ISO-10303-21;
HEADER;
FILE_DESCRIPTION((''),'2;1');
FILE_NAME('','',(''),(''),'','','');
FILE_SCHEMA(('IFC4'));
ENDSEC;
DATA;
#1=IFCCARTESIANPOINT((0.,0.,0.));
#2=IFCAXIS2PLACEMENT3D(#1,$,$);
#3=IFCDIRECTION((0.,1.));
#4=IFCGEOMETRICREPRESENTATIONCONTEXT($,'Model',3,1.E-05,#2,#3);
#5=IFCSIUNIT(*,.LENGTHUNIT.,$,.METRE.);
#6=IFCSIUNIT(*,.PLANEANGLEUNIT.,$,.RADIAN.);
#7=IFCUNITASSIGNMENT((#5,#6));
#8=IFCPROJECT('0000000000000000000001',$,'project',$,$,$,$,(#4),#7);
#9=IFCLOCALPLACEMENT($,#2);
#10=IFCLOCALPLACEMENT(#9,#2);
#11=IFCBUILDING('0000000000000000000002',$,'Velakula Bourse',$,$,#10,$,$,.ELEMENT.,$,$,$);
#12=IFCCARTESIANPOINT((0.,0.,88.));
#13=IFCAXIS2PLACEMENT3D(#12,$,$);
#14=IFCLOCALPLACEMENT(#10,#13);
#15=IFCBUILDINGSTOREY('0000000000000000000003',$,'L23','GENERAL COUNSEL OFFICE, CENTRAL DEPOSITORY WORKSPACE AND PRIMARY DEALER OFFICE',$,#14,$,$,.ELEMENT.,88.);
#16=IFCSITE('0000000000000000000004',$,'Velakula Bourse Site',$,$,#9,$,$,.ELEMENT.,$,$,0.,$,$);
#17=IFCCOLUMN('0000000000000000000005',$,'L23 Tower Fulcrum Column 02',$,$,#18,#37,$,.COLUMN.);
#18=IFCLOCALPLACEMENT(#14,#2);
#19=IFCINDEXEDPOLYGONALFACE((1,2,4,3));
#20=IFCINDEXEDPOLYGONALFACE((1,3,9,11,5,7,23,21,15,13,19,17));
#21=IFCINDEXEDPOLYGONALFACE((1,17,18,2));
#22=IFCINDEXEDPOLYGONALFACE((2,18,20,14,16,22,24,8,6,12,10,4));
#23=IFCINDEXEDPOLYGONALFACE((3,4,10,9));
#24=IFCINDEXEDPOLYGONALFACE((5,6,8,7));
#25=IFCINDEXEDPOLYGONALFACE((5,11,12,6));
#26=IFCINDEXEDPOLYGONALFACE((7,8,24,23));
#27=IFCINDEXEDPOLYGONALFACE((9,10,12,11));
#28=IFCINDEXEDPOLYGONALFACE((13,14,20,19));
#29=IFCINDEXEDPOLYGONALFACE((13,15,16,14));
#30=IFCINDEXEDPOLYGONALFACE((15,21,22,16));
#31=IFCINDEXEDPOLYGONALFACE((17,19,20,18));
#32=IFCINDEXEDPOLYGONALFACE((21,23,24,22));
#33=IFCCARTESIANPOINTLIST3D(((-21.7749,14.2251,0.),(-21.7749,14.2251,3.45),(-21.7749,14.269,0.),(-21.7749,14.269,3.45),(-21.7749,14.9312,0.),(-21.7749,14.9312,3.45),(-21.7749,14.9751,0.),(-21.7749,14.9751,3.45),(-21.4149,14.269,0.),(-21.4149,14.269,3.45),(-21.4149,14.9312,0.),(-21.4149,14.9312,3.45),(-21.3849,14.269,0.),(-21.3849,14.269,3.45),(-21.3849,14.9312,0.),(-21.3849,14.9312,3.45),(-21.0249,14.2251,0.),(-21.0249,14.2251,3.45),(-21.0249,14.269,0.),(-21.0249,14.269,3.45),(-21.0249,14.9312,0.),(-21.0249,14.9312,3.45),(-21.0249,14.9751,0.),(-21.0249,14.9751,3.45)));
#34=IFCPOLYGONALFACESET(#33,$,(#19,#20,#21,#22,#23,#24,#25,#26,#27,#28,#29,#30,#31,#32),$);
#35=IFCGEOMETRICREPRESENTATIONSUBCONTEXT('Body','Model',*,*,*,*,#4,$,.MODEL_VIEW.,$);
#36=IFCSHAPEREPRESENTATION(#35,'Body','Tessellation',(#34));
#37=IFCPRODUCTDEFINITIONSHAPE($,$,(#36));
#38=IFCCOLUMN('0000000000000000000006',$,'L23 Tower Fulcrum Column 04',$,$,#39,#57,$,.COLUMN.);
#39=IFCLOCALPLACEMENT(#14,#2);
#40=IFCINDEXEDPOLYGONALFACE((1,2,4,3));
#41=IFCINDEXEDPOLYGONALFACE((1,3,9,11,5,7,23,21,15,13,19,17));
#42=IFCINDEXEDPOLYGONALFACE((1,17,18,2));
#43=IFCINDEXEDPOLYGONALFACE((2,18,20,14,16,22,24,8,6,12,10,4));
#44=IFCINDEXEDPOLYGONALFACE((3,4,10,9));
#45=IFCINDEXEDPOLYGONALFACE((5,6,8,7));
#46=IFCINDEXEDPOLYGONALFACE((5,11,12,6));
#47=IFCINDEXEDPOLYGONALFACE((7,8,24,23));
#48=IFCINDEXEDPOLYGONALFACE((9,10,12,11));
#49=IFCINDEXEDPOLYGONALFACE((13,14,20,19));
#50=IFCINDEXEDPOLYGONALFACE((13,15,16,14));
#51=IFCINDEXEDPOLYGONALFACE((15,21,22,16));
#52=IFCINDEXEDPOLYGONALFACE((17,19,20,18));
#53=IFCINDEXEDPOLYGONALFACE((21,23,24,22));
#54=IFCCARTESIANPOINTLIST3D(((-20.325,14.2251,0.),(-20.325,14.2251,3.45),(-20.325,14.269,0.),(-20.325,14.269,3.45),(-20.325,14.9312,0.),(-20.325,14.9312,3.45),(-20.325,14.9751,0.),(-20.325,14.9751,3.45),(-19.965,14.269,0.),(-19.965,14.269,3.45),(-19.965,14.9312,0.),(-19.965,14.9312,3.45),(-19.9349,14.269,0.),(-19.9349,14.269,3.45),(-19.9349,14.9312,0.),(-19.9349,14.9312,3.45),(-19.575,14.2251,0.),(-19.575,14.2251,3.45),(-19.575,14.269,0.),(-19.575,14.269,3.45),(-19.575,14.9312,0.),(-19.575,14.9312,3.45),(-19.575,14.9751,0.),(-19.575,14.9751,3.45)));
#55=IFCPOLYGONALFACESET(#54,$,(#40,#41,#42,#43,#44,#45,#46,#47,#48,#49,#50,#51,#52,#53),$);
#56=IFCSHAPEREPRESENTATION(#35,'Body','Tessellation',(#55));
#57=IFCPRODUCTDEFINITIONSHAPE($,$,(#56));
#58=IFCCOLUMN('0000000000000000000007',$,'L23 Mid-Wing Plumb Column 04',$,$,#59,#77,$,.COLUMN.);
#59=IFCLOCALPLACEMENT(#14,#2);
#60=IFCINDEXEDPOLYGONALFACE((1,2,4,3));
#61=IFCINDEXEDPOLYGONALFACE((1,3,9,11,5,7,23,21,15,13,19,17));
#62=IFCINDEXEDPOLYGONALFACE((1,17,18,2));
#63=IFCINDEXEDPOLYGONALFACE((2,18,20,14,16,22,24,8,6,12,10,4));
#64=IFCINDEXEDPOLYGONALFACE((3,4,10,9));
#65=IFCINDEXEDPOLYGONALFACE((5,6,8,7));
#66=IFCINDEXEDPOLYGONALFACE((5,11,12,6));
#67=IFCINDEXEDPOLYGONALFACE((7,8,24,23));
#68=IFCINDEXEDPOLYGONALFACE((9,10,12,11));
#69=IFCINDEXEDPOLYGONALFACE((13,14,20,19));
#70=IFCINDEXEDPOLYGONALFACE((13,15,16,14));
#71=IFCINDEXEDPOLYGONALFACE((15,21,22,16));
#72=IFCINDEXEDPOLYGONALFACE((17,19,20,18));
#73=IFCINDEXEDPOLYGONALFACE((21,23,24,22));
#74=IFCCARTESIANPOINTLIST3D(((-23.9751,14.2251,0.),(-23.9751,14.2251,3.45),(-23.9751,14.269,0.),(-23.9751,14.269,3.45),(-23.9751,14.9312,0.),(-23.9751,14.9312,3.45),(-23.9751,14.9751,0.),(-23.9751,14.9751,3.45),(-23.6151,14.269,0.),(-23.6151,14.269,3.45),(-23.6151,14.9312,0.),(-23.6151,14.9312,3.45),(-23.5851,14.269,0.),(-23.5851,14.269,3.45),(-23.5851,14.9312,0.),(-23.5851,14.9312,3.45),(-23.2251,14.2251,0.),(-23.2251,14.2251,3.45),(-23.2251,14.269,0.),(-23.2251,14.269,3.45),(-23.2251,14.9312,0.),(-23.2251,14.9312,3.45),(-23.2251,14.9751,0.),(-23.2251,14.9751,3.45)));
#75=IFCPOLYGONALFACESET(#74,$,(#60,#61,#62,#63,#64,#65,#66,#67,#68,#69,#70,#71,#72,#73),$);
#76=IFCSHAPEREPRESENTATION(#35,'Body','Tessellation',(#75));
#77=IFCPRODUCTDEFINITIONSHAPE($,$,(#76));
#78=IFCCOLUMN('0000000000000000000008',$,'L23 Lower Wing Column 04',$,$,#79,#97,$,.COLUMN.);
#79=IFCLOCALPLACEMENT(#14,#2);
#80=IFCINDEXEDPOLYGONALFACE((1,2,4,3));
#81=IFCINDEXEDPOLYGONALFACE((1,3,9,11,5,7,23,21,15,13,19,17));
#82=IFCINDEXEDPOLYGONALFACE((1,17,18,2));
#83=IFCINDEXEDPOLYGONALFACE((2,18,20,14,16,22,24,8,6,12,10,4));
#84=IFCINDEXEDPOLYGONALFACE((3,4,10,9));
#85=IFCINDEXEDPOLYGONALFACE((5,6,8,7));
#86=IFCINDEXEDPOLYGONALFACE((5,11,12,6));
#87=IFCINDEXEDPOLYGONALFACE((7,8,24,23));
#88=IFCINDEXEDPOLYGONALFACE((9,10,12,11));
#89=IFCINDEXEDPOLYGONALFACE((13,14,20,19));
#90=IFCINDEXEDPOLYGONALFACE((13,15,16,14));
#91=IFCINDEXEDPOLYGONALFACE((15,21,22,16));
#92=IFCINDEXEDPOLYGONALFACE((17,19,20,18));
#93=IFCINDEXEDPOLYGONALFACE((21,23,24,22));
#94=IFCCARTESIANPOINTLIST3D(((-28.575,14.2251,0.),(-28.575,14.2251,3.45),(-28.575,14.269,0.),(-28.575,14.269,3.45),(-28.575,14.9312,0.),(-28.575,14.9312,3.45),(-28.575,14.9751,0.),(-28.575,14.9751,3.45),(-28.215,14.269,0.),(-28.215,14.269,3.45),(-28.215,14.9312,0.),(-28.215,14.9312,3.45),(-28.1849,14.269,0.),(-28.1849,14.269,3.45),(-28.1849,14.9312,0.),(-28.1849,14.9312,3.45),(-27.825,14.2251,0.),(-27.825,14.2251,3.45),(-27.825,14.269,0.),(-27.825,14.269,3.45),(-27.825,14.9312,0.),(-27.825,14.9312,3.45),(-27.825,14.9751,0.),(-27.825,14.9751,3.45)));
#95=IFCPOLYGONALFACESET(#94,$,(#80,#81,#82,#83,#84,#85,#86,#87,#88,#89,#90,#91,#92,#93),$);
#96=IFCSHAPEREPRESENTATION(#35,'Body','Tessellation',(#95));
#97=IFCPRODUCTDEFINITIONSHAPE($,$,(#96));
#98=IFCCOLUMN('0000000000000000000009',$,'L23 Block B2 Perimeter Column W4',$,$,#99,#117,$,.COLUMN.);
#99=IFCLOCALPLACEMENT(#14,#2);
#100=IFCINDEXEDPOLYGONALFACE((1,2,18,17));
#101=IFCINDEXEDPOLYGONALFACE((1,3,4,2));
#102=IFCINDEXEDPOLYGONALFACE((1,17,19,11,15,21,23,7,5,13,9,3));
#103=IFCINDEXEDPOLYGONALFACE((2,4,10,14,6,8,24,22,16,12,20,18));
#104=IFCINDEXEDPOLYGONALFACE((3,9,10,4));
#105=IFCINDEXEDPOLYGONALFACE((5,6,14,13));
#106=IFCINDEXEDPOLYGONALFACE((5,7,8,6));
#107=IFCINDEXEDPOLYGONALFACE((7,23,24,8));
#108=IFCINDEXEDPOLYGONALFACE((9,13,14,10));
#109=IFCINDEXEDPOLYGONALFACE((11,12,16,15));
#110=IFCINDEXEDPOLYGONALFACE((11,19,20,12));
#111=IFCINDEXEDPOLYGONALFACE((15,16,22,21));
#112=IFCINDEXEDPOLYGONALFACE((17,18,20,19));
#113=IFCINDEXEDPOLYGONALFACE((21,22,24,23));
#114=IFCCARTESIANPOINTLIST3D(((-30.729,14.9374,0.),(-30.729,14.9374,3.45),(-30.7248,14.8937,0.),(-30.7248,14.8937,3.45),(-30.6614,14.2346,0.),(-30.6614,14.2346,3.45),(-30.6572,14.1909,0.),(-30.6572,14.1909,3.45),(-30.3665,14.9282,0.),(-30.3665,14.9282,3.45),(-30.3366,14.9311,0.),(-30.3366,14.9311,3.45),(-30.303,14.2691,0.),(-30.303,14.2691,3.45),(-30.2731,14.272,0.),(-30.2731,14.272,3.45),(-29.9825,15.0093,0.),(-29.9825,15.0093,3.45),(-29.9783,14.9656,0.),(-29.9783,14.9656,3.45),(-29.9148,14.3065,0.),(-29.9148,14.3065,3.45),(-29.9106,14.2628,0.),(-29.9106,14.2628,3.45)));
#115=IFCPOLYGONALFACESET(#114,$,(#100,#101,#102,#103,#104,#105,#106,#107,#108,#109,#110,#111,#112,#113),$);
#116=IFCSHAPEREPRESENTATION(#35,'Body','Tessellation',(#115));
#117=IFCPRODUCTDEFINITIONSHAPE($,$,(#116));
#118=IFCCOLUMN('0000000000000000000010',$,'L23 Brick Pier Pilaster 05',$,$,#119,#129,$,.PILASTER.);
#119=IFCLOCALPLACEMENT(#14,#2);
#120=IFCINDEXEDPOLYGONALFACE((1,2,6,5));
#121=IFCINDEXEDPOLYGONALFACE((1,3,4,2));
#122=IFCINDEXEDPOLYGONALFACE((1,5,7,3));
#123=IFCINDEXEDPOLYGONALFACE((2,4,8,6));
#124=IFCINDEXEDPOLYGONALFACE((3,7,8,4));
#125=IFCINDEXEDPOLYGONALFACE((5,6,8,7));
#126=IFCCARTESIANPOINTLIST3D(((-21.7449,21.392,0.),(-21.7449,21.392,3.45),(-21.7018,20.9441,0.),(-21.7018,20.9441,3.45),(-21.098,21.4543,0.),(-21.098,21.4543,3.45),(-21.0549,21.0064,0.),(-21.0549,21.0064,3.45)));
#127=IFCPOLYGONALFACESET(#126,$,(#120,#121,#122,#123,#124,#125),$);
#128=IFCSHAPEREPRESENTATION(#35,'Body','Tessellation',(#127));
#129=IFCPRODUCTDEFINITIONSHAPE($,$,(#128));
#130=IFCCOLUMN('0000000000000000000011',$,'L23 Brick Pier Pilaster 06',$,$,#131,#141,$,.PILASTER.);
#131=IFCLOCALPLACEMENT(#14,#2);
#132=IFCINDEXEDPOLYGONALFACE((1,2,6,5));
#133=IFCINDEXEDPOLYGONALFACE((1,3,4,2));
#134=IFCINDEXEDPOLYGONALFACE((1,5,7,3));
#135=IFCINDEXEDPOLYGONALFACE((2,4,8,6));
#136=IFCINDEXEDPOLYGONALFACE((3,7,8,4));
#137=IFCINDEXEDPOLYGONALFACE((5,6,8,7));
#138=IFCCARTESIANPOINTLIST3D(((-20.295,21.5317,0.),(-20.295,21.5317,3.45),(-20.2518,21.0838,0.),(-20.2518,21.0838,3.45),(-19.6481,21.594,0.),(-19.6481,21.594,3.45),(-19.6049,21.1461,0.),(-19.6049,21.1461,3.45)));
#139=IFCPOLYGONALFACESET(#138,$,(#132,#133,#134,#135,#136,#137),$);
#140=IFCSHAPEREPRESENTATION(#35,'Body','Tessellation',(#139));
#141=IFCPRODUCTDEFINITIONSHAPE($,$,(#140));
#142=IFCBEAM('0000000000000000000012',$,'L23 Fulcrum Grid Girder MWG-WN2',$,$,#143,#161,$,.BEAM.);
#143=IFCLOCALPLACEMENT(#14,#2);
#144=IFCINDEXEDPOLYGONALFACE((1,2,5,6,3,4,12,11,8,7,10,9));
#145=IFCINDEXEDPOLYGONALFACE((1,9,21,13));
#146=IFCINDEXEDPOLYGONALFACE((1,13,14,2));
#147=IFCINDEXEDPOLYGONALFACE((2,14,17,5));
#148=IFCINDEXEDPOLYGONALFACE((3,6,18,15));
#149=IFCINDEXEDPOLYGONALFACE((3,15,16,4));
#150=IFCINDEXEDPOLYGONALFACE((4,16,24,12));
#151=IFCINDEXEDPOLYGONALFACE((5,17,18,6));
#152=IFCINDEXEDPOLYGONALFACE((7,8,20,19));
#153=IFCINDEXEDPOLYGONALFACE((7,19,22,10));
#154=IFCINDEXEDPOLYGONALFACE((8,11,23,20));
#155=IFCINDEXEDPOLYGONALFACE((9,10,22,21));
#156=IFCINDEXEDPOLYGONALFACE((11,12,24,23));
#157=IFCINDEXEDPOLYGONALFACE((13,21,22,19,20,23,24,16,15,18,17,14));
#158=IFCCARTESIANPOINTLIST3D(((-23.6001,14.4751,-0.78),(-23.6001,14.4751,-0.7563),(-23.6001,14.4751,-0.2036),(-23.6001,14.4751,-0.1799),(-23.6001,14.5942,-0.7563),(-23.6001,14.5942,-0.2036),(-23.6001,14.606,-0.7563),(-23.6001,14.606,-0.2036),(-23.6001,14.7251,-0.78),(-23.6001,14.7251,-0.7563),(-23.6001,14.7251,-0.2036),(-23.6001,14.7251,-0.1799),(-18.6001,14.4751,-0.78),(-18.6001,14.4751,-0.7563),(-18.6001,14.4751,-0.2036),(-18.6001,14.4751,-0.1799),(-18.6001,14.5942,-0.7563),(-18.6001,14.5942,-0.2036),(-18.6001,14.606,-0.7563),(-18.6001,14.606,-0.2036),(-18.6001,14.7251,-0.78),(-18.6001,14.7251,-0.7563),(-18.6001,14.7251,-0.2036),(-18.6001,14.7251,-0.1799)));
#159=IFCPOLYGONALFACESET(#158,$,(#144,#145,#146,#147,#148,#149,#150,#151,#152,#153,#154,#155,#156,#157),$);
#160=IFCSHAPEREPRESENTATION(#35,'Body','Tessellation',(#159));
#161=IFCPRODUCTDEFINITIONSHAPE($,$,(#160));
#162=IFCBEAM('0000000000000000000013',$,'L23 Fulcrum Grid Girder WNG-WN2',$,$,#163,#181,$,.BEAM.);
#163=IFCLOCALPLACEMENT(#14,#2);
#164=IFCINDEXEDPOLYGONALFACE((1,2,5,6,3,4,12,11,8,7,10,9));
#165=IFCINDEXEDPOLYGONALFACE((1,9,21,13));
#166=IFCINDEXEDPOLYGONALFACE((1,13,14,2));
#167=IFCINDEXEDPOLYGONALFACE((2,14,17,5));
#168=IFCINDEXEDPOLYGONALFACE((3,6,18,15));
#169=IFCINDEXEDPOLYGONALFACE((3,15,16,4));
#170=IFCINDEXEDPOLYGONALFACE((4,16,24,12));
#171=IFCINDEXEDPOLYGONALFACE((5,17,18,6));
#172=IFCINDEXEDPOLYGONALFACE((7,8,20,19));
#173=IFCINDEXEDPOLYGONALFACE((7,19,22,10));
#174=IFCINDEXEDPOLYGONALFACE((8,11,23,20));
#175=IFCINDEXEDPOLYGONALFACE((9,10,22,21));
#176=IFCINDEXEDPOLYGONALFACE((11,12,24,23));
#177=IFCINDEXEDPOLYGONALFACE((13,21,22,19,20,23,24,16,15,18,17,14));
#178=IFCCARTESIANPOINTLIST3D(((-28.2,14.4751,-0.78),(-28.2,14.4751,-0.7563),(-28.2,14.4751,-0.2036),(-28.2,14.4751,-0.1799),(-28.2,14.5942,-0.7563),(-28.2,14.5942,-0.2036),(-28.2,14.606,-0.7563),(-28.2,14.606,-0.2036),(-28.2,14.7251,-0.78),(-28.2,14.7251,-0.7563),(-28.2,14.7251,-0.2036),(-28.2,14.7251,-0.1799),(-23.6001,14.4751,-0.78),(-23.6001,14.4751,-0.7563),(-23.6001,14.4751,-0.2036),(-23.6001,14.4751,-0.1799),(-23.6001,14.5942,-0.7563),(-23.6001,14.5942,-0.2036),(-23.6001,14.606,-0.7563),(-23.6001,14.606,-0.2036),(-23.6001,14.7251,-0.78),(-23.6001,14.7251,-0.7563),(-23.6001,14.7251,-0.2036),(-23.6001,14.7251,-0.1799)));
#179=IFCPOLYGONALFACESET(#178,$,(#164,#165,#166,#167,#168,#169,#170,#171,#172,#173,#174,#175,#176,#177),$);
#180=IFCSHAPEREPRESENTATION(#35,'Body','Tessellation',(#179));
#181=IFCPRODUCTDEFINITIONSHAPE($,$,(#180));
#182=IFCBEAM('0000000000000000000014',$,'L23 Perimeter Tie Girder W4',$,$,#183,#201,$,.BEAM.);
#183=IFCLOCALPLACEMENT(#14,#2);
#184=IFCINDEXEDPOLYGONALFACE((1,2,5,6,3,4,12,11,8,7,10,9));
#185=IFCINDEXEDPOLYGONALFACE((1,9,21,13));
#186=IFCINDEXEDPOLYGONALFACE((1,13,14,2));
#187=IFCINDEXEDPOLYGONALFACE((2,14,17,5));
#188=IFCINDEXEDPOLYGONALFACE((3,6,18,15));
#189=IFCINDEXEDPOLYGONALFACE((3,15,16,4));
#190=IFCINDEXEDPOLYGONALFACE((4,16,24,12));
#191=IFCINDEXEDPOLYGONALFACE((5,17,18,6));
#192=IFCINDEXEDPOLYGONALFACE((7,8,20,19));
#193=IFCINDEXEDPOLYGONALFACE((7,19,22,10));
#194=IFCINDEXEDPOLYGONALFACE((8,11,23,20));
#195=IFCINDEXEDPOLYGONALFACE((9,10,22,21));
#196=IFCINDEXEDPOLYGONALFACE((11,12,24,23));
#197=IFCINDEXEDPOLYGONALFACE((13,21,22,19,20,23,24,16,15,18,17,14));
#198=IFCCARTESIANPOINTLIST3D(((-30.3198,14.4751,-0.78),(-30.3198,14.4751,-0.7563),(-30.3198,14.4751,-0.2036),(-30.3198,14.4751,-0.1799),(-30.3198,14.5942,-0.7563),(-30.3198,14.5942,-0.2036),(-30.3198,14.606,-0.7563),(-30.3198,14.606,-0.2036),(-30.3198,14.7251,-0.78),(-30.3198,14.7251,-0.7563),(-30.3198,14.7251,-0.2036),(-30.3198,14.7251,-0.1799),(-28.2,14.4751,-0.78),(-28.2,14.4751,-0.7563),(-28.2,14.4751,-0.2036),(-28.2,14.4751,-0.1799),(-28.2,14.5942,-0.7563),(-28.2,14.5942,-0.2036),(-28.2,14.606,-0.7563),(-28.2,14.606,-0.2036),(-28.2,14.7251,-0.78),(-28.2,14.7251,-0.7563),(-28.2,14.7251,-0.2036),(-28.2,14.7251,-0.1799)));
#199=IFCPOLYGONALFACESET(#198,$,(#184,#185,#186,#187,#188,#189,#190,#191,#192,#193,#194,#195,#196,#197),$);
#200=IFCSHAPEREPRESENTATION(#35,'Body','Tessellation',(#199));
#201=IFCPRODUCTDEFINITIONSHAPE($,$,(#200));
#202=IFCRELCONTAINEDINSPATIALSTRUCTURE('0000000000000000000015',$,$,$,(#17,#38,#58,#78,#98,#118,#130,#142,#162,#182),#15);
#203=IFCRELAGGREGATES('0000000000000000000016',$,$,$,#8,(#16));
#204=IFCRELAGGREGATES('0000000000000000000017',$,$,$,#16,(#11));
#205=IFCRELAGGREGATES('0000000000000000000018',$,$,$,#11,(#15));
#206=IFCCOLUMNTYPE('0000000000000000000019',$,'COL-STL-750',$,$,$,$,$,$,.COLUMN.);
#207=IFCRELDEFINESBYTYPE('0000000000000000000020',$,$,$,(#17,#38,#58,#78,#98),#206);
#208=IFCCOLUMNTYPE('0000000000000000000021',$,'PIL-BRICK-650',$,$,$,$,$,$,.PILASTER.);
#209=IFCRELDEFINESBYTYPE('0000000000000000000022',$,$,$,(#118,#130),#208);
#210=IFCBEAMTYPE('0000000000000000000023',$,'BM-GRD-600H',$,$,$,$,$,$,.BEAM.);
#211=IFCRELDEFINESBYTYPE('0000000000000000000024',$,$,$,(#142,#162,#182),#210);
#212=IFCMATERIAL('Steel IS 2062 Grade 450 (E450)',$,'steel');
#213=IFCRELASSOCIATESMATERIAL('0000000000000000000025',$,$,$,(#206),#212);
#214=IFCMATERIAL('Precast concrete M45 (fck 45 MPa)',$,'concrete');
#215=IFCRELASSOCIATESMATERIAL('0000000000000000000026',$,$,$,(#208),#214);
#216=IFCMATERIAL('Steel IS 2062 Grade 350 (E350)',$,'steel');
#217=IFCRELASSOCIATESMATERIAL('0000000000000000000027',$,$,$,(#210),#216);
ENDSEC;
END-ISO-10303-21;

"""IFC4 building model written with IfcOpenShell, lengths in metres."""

from ifc_helpers import new_model, si_unit, direction, frame, origin, origin_2d, place, context, subcontext, project, spatial, rectangle, i_section, extrude, material, material_profile, profile_set, type_object, element, save


model = new_model("IFC4")

# Units and contexts
model_context = context("Model", 3, precision=1e-05, world=origin(), true_north=direction((0.0, 1.0)))
body_context = subcontext(model_context, "Body", "Model", "MODEL_VIEW")
ifc_project = project(units=[si_unit("LENGTHUNIT", "METRE"), si_unit("PLANEANGLEUNIT", "RADIAN")], contexts=[model_context])

# Site, building, storey
site_placement = place(None, origin())
site = spatial("IfcSite", under=ifc_project, at=site_placement, Name="Velakula Bourse Site", CompositionType="ELEMENT", RefElevation=0.0)
building_placement = place(site_placement, origin())
building = spatial("IfcBuilding", under=site, at=building_placement, Name="Velakula Bourse", CompositionType="ELEMENT")
storey_placement = place(building_placement, frame((0.0, 0.0, 88.0)))
storey = spatial("IfcBuildingStorey", under=building, at=storey_placement, Name="L23", Description="GENERAL COUNSEL OFFICE, CENTRAL DEPOSITORY WORKSPACE AND PRIMARY DEALER OFFICE", CompositionType="ELEMENT", Elevation=88.0)

# Columns
ifc_material_1 = material(Name="Steel IS 2062 Grade 450 (E450)", Category="steel")
ifc_material_profile_1 = material_profile(ifc_material_1, i_section(OverallWidth=0.75, OverallDepth=0.75, WebThickness=0.03, FlangeThickness=0.0439, at=origin_2d()), Name="Steel IS 2062 Grade 450 (E450)")
ifc_profile_set_1 = profile_set([ifc_material_profile_1], Name="Steel IS 2062 Grade 450 (E450)")
column_type_1 = type_object("IfcColumnType", Name="COL-STL-750", PredefinedType="COLUMN", material=ifc_profile_set_1)
for number, where, z_axis, x_axis, name in (
    (1, (-21.3999, 14.6001, 0.0), (0.0, 0.0, 1.0), (1.0, 0.0, 0.0), "L23 Tower Fulcrum Column 02"),
    (2, (-19.95, 14.6001, 0.0), (0.0, 0.0, 1.0), (1.0, 0.0, 0.0), "L23 Tower Fulcrum Column 04"),
    (3, (-23.6001, 14.6001, 0.0), (0.0, 0.0, 1.0), (1.0, 0.0, 0.0), "L23 Mid-Wing Plumb Column 04"),
    (4, (-28.2, 14.6001, 0.0), (0.0, 0.0, 1.0), (1.0, 0.0, 0.0), "L23 Lower Wing Column 04"),
    (5, (-30.3198, 14.6001, 0.0), (0.0, 0.0, 1.0), (0.995396, 0.095846, 0.0), "L23 Block B2 Perimeter Column W4"),
):
    element("IfcColumn", number, at=place(storey_placement, frame(where, z_axis=z_axis, x_axis=x_axis)), inside=storey, type_object=column_type_1, Name=name, PredefinedType="COLUMN", context=body_context, shape_type="SweptSolid", body=[
        extrude(i_section(OverallWidth=0.75, OverallDepth=0.75, WebThickness=0.03, FlangeThickness=0.0439, at=origin_2d()), origin(), (0.0, 0.0, 1.0), 3.45),
    ])
ifc_material_2 = material(Name="Precast concrete M45 (fck 45 MPa)", Category="concrete")
ifc_material_profile_2 = material_profile(ifc_material_2, rectangle(XDim=0.6499, YDim=0.45, at=origin_2d()), Name="Precast concrete M45 (fck 45 MPa)")
ifc_profile_set_2 = profile_set([ifc_material_profile_2], Name="Precast concrete M45 (fck 45 MPa)")
column_type_2 = type_object("IfcColumnType", Name="PIL-BRICK-650", PredefinedType="PILASTER", material=ifc_profile_set_2)
for number, where, z_axis, x_axis, name in (
    (6, (-21.3999, 21.1992, 0.0), (0.0, 0.0, 1.0), (0.995396, 0.095846, 0.0), "L23 Brick Pier Pilaster 05"),
    (7, (-19.95, 21.3389, 0.0), (0.0, 0.0, 1.0), (0.995396, 0.095846, 0.0), "L23 Brick Pier Pilaster 06"),
):
    element("IfcColumn", number, at=place(storey_placement, frame(where, z_axis=z_axis, x_axis=x_axis)), inside=storey, type_object=column_type_2, Name=name, PredefinedType="PILASTER", context=body_context, shape_type="SweptSolid", body=[
        extrude(rectangle(XDim=0.6499, YDim=0.45, at=origin_2d()), origin(), (0.0, 0.0, 1.0), 3.45),
    ])

# Beams
ifc_material_3 = material(Name="Steel IS 2062 Grade 350 (E350)", Category="steel")
ifc_material_profile_3 = material_profile(ifc_material_3, i_section(OverallWidth=0.25, OverallDepth=0.6001, WebThickness=0.0117, FlangeThickness=0.0237, at=origin_2d()), Name="Steel IS 2062 Grade 350 (E350)")
ifc_profile_set_3 = profile_set([ifc_material_profile_3], Name="Steel IS 2062 Grade 350 (E350)")
beam_type_1 = type_object("IfcBeamType", Name="BM-GRD-600H", PredefinedType="BEAM", material=ifc_profile_set_3)
beam_1_placement = place(storey_placement, frame((-23.6001, 14.6001, -0.48), z_axis=(1.0, 0.0, 0.0), x_axis=(0.0, 1.0, 0.0)))
element("IfcBeam", 8, at=beam_1_placement, inside=storey, type_object=beam_type_1, Name="L23 Fulcrum Grid Girder MWG-WN2", PredefinedType="BEAM", context=body_context, shape_type="SweptSolid", body=[
    extrude(i_section(OverallWidth=0.25, OverallDepth=0.6001, WebThickness=0.0117, FlangeThickness=0.0237, at=origin_2d()), origin(), (0.0, 0.0, 1.0), 5.0),
])
beam_2_placement = place(storey_placement, frame((-28.2, 14.6001, -0.48), z_axis=(1.0, 0.0, 0.0), x_axis=(0.0, 1.0, 0.0)))
element("IfcBeam", 9, at=beam_2_placement, inside=storey, type_object=beam_type_1, Name="L23 Fulcrum Grid Girder WNG-WN2", PredefinedType="BEAM", context=body_context, shape_type="SweptSolid", body=[
    extrude(i_section(OverallWidth=0.25, OverallDepth=0.6001, WebThickness=0.0117, FlangeThickness=0.0237, at=origin_2d()), origin(), (0.0, 0.0, 1.0), 4.5999),
])
beam_3_placement = place(storey_placement, frame((-28.2, 14.6001, -0.48), z_axis=(-1.0, 0.0, 0.0), x_axis=(0.0, -1.0, 0.0)))
element("IfcBeam", 10, at=beam_3_placement, inside=storey, type_object=beam_type_1, Name="L23 Perimeter Tie Girder W4", PredefinedType="BEAM", context=body_context, shape_type="SweptSolid", body=[
    extrude(i_section(OverallWidth=0.25, OverallDepth=0.6001, WebThickness=0.0117, FlangeThickness=0.0237, at=origin_2d()), origin(), (0.0, 0.0, 1.0), 2.1199),
])

save(model, "model.ifc")
